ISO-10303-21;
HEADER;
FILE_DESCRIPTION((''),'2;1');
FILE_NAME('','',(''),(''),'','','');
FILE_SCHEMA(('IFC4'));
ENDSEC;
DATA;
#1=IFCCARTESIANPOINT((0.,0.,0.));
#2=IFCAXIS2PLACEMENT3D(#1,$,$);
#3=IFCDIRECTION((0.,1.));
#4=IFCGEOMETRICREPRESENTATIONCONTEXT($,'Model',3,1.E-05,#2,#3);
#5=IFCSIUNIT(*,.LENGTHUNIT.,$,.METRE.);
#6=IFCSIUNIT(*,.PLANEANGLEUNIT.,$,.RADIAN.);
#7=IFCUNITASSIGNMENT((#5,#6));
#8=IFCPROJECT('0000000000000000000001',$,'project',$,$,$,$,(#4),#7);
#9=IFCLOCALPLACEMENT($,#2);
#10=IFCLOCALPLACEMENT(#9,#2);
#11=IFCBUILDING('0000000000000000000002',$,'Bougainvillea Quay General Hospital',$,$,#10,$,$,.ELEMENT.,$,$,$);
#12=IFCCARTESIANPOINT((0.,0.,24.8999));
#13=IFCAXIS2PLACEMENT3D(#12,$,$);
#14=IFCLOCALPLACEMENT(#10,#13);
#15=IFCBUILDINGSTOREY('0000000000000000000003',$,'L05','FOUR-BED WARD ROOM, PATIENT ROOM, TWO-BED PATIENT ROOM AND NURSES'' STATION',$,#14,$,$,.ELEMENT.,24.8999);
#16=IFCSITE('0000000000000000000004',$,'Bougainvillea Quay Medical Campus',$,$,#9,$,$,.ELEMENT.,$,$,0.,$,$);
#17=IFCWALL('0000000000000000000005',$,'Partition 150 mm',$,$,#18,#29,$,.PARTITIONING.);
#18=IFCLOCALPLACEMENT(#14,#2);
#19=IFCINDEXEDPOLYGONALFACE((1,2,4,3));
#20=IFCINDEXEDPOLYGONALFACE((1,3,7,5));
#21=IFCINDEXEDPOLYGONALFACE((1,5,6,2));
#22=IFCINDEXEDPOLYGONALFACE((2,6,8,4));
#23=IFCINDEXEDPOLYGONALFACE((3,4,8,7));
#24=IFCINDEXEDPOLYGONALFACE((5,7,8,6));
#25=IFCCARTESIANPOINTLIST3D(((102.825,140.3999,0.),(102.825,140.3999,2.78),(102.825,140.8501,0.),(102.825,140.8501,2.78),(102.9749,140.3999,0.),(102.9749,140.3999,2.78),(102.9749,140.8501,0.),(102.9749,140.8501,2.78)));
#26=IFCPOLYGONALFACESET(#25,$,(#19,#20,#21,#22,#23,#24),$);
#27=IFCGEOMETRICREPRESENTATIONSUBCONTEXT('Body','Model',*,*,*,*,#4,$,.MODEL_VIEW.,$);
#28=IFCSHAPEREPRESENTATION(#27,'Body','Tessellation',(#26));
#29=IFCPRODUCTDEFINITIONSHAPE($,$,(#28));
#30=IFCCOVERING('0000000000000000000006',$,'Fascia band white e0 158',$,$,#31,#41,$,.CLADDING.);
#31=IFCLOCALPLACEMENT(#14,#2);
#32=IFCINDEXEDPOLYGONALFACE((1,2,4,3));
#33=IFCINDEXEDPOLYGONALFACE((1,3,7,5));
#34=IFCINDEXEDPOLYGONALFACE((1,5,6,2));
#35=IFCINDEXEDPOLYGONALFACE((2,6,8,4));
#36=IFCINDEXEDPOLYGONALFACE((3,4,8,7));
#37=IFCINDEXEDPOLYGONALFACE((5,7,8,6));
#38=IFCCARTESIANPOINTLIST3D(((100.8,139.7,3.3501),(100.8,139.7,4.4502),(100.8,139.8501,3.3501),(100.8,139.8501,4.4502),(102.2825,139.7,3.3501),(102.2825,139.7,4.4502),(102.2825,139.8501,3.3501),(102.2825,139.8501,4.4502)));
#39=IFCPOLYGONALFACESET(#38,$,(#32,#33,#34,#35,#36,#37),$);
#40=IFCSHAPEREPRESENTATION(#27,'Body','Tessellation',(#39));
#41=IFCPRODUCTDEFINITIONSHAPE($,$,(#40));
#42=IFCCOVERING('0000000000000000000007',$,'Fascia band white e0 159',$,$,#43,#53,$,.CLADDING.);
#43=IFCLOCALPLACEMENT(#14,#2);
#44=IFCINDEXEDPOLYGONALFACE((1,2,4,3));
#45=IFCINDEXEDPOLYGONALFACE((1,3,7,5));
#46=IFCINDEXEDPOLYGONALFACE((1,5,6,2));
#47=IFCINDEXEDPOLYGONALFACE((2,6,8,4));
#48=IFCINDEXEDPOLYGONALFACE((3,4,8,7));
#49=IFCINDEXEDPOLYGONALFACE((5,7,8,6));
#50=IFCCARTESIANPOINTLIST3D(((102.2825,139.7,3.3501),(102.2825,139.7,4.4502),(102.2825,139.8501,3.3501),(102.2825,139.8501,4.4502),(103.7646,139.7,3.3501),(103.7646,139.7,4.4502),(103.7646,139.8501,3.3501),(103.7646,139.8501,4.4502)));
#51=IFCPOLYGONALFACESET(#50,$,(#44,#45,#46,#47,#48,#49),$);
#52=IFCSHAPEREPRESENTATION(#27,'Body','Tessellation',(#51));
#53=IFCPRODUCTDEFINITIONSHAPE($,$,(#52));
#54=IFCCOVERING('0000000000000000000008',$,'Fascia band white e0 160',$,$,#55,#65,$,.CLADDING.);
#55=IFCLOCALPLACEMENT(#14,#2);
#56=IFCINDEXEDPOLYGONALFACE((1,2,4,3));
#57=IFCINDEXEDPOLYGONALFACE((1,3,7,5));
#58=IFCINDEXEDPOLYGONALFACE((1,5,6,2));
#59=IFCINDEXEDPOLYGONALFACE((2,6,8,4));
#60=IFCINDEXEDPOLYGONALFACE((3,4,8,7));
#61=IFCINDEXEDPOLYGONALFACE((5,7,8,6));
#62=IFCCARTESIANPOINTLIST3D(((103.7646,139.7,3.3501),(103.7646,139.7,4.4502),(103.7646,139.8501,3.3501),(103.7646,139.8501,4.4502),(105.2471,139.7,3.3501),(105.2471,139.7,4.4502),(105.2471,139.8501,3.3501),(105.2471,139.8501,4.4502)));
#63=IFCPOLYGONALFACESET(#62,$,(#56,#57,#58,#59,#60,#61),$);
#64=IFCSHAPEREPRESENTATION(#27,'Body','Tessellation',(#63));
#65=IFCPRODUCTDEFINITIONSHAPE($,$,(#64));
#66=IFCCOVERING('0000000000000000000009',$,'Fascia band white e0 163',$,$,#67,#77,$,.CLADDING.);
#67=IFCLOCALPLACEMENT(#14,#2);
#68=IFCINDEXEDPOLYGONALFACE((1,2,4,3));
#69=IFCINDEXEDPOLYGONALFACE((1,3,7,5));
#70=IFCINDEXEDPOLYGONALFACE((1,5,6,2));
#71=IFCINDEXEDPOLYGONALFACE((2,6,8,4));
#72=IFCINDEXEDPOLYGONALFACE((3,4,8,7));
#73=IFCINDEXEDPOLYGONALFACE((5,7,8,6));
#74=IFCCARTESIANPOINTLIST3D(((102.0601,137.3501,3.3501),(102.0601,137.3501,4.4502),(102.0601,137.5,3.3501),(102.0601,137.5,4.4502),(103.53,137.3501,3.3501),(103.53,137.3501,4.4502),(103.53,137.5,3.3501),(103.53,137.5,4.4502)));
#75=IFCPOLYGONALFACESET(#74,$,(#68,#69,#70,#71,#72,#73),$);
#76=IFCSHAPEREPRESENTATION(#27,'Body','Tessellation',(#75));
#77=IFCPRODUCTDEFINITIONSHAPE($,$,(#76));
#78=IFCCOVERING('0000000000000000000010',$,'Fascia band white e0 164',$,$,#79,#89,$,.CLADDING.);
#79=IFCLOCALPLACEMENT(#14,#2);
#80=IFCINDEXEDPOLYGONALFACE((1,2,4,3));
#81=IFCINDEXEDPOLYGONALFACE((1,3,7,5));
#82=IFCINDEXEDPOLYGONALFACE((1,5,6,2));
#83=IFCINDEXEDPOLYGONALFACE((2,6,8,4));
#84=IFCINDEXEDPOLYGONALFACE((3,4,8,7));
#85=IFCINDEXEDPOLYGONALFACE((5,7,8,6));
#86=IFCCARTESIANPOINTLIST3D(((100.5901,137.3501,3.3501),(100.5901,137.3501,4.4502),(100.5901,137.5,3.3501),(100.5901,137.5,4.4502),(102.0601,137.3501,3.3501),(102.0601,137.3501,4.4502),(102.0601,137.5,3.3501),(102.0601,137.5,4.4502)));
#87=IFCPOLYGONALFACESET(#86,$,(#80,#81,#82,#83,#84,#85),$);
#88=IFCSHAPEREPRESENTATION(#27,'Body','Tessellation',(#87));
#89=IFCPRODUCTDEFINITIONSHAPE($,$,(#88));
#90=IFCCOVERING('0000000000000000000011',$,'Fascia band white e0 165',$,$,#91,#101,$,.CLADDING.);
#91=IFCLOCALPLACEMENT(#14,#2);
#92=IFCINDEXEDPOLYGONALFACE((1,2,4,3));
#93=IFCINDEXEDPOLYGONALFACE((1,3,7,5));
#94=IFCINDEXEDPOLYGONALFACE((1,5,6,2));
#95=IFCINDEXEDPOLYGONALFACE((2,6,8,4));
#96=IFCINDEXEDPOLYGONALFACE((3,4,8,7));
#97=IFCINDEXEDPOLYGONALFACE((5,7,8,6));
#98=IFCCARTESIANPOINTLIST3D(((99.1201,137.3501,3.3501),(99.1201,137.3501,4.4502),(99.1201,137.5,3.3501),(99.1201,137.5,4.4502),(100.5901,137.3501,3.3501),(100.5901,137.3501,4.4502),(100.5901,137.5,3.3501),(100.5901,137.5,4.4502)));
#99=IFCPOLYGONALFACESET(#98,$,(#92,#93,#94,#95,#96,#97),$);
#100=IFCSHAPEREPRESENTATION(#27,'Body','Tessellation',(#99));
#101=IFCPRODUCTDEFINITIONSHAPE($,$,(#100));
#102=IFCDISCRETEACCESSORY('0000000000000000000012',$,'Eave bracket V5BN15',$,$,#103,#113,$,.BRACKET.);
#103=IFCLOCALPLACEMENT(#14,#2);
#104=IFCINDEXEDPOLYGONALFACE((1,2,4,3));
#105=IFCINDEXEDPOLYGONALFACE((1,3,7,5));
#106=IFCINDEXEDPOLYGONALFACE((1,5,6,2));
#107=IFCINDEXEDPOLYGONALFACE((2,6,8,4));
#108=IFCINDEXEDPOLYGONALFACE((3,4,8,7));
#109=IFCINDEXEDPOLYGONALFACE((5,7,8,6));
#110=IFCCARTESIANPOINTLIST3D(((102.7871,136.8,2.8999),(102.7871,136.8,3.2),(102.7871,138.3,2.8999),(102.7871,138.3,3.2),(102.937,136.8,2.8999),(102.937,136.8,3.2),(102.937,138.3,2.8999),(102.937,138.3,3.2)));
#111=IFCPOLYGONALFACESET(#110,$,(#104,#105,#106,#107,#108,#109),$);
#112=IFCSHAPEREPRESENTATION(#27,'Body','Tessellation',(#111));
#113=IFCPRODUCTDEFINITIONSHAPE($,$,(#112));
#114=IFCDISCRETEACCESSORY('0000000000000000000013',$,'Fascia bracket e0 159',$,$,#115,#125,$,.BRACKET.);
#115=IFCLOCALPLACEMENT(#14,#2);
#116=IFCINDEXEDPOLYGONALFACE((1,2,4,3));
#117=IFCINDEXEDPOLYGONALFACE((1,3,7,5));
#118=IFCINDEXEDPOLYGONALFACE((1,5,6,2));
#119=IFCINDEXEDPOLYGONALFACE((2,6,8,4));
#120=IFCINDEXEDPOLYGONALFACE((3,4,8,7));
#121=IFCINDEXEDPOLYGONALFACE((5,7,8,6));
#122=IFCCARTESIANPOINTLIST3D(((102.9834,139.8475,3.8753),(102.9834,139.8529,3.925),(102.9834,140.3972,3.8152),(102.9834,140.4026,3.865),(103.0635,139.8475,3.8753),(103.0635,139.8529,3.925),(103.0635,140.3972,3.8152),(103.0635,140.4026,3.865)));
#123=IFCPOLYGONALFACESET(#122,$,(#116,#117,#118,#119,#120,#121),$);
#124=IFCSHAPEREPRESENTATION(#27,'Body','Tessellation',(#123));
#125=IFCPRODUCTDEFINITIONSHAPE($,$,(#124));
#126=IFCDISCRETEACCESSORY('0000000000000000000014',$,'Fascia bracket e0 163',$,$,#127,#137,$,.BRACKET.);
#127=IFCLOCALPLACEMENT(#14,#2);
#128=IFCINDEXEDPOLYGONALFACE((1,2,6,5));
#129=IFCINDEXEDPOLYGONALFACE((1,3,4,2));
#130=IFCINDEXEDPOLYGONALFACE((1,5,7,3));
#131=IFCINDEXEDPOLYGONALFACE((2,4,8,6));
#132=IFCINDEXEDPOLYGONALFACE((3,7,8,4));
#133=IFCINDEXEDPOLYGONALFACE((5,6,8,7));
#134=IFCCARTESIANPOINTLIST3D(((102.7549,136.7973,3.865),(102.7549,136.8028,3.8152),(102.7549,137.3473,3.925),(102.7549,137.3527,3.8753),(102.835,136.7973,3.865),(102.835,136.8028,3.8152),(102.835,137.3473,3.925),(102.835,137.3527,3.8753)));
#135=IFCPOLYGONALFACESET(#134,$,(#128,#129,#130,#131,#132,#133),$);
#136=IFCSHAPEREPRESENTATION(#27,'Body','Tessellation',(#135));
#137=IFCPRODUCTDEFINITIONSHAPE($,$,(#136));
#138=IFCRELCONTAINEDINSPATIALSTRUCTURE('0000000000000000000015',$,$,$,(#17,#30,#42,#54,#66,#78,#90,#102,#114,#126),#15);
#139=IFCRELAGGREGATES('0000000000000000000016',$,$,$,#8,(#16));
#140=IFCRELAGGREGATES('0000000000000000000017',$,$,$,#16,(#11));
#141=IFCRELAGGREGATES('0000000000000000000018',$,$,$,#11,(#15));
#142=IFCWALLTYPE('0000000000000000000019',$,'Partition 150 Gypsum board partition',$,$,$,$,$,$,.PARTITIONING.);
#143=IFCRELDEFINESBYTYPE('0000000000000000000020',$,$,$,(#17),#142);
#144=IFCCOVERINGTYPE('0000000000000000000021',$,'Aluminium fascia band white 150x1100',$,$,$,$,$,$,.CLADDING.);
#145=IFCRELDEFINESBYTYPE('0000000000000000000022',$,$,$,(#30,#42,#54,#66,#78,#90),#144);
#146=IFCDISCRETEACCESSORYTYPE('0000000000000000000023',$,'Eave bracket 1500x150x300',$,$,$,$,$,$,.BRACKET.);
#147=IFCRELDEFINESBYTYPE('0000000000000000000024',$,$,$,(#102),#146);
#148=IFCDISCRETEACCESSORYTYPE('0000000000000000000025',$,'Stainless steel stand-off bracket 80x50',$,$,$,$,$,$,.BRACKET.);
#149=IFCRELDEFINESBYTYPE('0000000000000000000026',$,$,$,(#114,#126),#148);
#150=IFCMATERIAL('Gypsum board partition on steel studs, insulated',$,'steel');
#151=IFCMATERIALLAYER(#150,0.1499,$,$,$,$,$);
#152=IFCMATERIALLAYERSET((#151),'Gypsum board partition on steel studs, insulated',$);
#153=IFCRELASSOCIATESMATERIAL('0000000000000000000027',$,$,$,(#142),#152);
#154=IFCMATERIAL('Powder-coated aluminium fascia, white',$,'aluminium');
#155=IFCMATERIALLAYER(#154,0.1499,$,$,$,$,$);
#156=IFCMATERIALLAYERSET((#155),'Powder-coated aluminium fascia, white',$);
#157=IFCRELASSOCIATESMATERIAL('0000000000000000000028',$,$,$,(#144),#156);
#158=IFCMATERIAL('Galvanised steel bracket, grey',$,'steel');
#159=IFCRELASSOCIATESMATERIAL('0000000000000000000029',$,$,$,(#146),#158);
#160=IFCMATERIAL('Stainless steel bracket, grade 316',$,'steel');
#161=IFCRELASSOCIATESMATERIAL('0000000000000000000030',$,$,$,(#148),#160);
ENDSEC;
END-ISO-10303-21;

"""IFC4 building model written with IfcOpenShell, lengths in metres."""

from ifc_helpers import new_model, si_unit, direction, frame, frame_2d, origin, origin_2d, place, context, subcontext, project, spatial, polyline, rectangle, outline, extrude, material, layer, layer_set, material_profile, profile_set, type_object, element, save


model = new_model("IFC4")

# Units and contexts
model_context = context("Model", 3, precision=1e-05, world=origin(), true_north=direction((0.0, 1.0)))
body_context = subcontext(model_context, "Body", "Model", "MODEL_VIEW")
ifc_project = project(units=[si_unit("LENGTHUNIT", "METRE"), si_unit("PLANEANGLEUNIT", "RADIAN")], contexts=[model_context])

# Site, building, storey
site_placement = place(None, origin())
site = spatial("IfcSite", under=ifc_project, at=site_placement, Name="Bougainvillea Quay Medical Campus", CompositionType="ELEMENT", RefElevation=0.0)
building_placement = place(site_placement, origin())
building = spatial("IfcBuilding", under=site, at=building_placement, Name="Bougainvillea Quay General Hospital", CompositionType="ELEMENT")
storey_placement = place(building_placement, frame((0.0, 0.0, 24.8999)))
storey = spatial("IfcBuildingStorey", under=building, at=storey_placement, Name="L05", Description="FOUR-BED WARD ROOM, PATIENT ROOM, TWO-BED PATIENT ROOM AND NURSES' STATION", CompositionType="ELEMENT", Elevation=24.8999)

# Wall
ifc_material_1 = material(Name="Gypsum board partition on steel studs, insulated", Category="steel")
ifc_layer_1 = layer(ifc_material_1, 0.1499)
ifc_layer_set_1 = layer_set([ifc_layer_1], Name="Gypsum board partition on steel studs, insulated")
wall_type = type_object("IfcWallType", Name="Partition 150 Gypsum board partition", PredefinedType="PARTITIONING", material=ifc_layer_set_1)
wall_placement = place(storey_placement, frame((102.8999, 140.3999, 0.0), z_axis=(0.0, 0.0, 1.0), x_axis=(0.0, 1.0, 0.0)))
element("IfcWall", 1, at=wall_placement, inside=storey, type_object=wall_type, Name="Partition 150 mm", PredefinedType="PARTITIONING", context=body_context, shape_type="SweptSolid", body=[
    extrude(rectangle(XDim=0.4502, YDim=0.1499, at=frame_2d((0.2251, 0.0))), origin(), (0.0, 0.0, 1.0), 2.78),
])

# Coverings
ifc_material_2 = material(Name="Powder-coated aluminium fascia, white", Category="aluminium")
ifc_layer_2 = layer(ifc_material_2, 0.1499)
ifc_layer_set_2 = layer_set([ifc_layer_2], Name="Powder-coated aluminium fascia, white")
covering_type = type_object("IfcCoveringType", Name="Aluminium fascia band white 150x1100", PredefinedType="CLADDING", material=ifc_layer_set_2)
covering_1_placement = place(storey_placement, frame((100.8, 139.8501, 3.3501), z_axis=(0.0, 0.0, 1.0), x_axis=(1.0, 0.0, 0.0)))
element("IfcCovering", 2, at=covering_1_placement, inside=storey, type_object=covering_type, Name="Fascia band white e0 158", PredefinedType="CLADDING", context=body_context, shape_type="SweptSolid", body=[
    extrude(outline(polyline([(0.0, 0.0), (1.4824, 0.0), (1.4824, -0.1501), (0.0, -0.1501), (0.0, 0.0)])), origin(), (0.0, 0.0, 1.0), 1.1001),
])
covering_2_placement = place(storey_placement, frame((102.2825, 139.8501, 3.3501), z_axis=(0.0, 0.0, 1.0), x_axis=(1.0, 0.0, 0.0)))
element("IfcCovering", 3, at=covering_2_placement, inside=storey, type_object=covering_type, Name="Fascia band white e0 159", PredefinedType="CLADDING", context=body_context, shape_type="SweptSolid", body=[
    extrude(outline(polyline([(0.0, 0.0), (1.4822, 0.0), (1.4822, -0.1501), (0.0, -0.1501), (0.0, 0.0)])), origin(), (0.0, 0.0, 1.0), 1.1001),
])
covering_3_placement = place(storey_placement, frame((103.7646, 139.8501, 3.3501), z_axis=(0.0, 0.0, 1.0), x_axis=(1.0, 0.0, 0.0)))
element("IfcCovering", 4, at=covering_3_placement, inside=storey, type_object=covering_type, Name="Fascia band white e0 160", PredefinedType="CLADDING", context=body_context, shape_type="SweptSolid", body=[
    extrude(outline(polyline([(0.0, 0.0), (1.4824, 0.0), (1.4824, -0.1501), (0.0, -0.1501), (0.0, 0.0)])), origin(), (0.0, 0.0, 1.0), 1.1001),
])
for number, where, z_axis, x_axis, name in (
    (5, (103.53, 137.3501, 3.3501), (0.0, 0.0, 1.0), (-1.0, 0.0, 0.0), "Fascia band white e0 163"),
    (6, (102.0601, 137.3501, 3.3501), (0.0, 0.0, 1.0), (-1.0, 0.0, 0.0), "Fascia band white e0 164"),
    (7, (100.5901, 137.3501, 3.3501), (0.0, 0.0, 1.0), (-1.0, 0.0, 0.0), "Fascia band white e0 165"),
):
    element("IfcCovering", number, at=place(storey_placement, frame(where, z_axis=z_axis, x_axis=x_axis)), inside=storey, type_object=covering_type, Name=name, PredefinedType="CLADDING", context=body_context, shape_type="SweptSolid", body=[
        extrude(outline(polyline([(0.0, 0.0), (1.47, 0.0), (1.47, -0.1499), (0.0, -0.1499), (0.0, 0.0)])), origin(), (0.0, 0.0, 1.0), 1.1001),
    ])

# Discrete accessories
ifc_material_3 = material(Name="Galvanised steel bracket, grey", Category="steel")
discrete_accessory_type_1 = type_object("IfcDiscreteAccessoryType", Name="Eave bracket 1500x150x300", PredefinedType="BRACKET", material=ifc_material_3)
discrete_accessory_1_placement = place(storey_placement, frame((102.8621, 137.55, 2.8999), z_axis=(0.0, 0.0, 1.0), x_axis=(1.0, 0.0, 0.0)))
element("IfcDiscreteAccessory", 8, at=discrete_accessory_1_placement, inside=storey, type_object=discrete_accessory_type_1, Name="Eave bracket V5BN15", PredefinedType="BRACKET", context=body_context, shape_type="SweptSolid", body=[
    extrude(rectangle(XDim=0.1499, YDim=1.5, at=origin_2d()), origin(), (0.0, 0.0, 1.0), 0.3),
])
ifc_material_4 = material(Name="Stainless steel bracket, grade 316", Category="steel")
ifc_material_profile_1 = material_profile(ifc_material_4, rectangle(XDim=0.0801, YDim=0.05, at=origin_2d()))
ifc_profile_set_1 = profile_set([ifc_material_profile_1], Name="Stainless steel bracket, grade 316")
discrete_accessory_type_2 = type_object("IfcDiscreteAccessoryType", Name="Stainless steel stand-off bracket 80x50", PredefinedType="BRACKET", material=ifc_profile_set_1)
discrete_accessory_2_placement = place(storey_placement, frame((103.0234, 140.3999, 3.8401), z_axis=(0.0, -0.994087, 0.10859), x_axis=(1.0, 0.0, 0.0)))
element("IfcDiscreteAccessory", 9, at=discrete_accessory_2_placement, inside=storey, type_object=discrete_accessory_type_2, Name="Fascia bracket e0 159", PredefinedType="BRACKET", context=body_context, shape_type="SweptSolid", body=[
    extrude(rectangle(XDim=0.0801, YDim=0.05, at=origin_2d()), origin(), (0.0, 0.0, 1.0), 0.553),
])
discrete_accessory_3_placement = place(storey_placement, frame((102.7949, 136.8, 3.8401), z_axis=(0.0, 0.994092, 0.108543), x_axis=(-1.0, 0.0, 0.0)))
element("IfcDiscreteAccessory", 10, at=discrete_accessory_3_placement, inside=storey, type_object=discrete_accessory_type_2, Name="Fascia bracket e0 163", PredefinedType="BRACKET", context=body_context, shape_type="SweptSolid", body=[
    extrude(rectangle(XDim=0.0801, YDim=0.05, at=origin_2d()), origin(), (0.0, 0.0, 1.0), 0.5532),
])

save(model, "model.ifc")
